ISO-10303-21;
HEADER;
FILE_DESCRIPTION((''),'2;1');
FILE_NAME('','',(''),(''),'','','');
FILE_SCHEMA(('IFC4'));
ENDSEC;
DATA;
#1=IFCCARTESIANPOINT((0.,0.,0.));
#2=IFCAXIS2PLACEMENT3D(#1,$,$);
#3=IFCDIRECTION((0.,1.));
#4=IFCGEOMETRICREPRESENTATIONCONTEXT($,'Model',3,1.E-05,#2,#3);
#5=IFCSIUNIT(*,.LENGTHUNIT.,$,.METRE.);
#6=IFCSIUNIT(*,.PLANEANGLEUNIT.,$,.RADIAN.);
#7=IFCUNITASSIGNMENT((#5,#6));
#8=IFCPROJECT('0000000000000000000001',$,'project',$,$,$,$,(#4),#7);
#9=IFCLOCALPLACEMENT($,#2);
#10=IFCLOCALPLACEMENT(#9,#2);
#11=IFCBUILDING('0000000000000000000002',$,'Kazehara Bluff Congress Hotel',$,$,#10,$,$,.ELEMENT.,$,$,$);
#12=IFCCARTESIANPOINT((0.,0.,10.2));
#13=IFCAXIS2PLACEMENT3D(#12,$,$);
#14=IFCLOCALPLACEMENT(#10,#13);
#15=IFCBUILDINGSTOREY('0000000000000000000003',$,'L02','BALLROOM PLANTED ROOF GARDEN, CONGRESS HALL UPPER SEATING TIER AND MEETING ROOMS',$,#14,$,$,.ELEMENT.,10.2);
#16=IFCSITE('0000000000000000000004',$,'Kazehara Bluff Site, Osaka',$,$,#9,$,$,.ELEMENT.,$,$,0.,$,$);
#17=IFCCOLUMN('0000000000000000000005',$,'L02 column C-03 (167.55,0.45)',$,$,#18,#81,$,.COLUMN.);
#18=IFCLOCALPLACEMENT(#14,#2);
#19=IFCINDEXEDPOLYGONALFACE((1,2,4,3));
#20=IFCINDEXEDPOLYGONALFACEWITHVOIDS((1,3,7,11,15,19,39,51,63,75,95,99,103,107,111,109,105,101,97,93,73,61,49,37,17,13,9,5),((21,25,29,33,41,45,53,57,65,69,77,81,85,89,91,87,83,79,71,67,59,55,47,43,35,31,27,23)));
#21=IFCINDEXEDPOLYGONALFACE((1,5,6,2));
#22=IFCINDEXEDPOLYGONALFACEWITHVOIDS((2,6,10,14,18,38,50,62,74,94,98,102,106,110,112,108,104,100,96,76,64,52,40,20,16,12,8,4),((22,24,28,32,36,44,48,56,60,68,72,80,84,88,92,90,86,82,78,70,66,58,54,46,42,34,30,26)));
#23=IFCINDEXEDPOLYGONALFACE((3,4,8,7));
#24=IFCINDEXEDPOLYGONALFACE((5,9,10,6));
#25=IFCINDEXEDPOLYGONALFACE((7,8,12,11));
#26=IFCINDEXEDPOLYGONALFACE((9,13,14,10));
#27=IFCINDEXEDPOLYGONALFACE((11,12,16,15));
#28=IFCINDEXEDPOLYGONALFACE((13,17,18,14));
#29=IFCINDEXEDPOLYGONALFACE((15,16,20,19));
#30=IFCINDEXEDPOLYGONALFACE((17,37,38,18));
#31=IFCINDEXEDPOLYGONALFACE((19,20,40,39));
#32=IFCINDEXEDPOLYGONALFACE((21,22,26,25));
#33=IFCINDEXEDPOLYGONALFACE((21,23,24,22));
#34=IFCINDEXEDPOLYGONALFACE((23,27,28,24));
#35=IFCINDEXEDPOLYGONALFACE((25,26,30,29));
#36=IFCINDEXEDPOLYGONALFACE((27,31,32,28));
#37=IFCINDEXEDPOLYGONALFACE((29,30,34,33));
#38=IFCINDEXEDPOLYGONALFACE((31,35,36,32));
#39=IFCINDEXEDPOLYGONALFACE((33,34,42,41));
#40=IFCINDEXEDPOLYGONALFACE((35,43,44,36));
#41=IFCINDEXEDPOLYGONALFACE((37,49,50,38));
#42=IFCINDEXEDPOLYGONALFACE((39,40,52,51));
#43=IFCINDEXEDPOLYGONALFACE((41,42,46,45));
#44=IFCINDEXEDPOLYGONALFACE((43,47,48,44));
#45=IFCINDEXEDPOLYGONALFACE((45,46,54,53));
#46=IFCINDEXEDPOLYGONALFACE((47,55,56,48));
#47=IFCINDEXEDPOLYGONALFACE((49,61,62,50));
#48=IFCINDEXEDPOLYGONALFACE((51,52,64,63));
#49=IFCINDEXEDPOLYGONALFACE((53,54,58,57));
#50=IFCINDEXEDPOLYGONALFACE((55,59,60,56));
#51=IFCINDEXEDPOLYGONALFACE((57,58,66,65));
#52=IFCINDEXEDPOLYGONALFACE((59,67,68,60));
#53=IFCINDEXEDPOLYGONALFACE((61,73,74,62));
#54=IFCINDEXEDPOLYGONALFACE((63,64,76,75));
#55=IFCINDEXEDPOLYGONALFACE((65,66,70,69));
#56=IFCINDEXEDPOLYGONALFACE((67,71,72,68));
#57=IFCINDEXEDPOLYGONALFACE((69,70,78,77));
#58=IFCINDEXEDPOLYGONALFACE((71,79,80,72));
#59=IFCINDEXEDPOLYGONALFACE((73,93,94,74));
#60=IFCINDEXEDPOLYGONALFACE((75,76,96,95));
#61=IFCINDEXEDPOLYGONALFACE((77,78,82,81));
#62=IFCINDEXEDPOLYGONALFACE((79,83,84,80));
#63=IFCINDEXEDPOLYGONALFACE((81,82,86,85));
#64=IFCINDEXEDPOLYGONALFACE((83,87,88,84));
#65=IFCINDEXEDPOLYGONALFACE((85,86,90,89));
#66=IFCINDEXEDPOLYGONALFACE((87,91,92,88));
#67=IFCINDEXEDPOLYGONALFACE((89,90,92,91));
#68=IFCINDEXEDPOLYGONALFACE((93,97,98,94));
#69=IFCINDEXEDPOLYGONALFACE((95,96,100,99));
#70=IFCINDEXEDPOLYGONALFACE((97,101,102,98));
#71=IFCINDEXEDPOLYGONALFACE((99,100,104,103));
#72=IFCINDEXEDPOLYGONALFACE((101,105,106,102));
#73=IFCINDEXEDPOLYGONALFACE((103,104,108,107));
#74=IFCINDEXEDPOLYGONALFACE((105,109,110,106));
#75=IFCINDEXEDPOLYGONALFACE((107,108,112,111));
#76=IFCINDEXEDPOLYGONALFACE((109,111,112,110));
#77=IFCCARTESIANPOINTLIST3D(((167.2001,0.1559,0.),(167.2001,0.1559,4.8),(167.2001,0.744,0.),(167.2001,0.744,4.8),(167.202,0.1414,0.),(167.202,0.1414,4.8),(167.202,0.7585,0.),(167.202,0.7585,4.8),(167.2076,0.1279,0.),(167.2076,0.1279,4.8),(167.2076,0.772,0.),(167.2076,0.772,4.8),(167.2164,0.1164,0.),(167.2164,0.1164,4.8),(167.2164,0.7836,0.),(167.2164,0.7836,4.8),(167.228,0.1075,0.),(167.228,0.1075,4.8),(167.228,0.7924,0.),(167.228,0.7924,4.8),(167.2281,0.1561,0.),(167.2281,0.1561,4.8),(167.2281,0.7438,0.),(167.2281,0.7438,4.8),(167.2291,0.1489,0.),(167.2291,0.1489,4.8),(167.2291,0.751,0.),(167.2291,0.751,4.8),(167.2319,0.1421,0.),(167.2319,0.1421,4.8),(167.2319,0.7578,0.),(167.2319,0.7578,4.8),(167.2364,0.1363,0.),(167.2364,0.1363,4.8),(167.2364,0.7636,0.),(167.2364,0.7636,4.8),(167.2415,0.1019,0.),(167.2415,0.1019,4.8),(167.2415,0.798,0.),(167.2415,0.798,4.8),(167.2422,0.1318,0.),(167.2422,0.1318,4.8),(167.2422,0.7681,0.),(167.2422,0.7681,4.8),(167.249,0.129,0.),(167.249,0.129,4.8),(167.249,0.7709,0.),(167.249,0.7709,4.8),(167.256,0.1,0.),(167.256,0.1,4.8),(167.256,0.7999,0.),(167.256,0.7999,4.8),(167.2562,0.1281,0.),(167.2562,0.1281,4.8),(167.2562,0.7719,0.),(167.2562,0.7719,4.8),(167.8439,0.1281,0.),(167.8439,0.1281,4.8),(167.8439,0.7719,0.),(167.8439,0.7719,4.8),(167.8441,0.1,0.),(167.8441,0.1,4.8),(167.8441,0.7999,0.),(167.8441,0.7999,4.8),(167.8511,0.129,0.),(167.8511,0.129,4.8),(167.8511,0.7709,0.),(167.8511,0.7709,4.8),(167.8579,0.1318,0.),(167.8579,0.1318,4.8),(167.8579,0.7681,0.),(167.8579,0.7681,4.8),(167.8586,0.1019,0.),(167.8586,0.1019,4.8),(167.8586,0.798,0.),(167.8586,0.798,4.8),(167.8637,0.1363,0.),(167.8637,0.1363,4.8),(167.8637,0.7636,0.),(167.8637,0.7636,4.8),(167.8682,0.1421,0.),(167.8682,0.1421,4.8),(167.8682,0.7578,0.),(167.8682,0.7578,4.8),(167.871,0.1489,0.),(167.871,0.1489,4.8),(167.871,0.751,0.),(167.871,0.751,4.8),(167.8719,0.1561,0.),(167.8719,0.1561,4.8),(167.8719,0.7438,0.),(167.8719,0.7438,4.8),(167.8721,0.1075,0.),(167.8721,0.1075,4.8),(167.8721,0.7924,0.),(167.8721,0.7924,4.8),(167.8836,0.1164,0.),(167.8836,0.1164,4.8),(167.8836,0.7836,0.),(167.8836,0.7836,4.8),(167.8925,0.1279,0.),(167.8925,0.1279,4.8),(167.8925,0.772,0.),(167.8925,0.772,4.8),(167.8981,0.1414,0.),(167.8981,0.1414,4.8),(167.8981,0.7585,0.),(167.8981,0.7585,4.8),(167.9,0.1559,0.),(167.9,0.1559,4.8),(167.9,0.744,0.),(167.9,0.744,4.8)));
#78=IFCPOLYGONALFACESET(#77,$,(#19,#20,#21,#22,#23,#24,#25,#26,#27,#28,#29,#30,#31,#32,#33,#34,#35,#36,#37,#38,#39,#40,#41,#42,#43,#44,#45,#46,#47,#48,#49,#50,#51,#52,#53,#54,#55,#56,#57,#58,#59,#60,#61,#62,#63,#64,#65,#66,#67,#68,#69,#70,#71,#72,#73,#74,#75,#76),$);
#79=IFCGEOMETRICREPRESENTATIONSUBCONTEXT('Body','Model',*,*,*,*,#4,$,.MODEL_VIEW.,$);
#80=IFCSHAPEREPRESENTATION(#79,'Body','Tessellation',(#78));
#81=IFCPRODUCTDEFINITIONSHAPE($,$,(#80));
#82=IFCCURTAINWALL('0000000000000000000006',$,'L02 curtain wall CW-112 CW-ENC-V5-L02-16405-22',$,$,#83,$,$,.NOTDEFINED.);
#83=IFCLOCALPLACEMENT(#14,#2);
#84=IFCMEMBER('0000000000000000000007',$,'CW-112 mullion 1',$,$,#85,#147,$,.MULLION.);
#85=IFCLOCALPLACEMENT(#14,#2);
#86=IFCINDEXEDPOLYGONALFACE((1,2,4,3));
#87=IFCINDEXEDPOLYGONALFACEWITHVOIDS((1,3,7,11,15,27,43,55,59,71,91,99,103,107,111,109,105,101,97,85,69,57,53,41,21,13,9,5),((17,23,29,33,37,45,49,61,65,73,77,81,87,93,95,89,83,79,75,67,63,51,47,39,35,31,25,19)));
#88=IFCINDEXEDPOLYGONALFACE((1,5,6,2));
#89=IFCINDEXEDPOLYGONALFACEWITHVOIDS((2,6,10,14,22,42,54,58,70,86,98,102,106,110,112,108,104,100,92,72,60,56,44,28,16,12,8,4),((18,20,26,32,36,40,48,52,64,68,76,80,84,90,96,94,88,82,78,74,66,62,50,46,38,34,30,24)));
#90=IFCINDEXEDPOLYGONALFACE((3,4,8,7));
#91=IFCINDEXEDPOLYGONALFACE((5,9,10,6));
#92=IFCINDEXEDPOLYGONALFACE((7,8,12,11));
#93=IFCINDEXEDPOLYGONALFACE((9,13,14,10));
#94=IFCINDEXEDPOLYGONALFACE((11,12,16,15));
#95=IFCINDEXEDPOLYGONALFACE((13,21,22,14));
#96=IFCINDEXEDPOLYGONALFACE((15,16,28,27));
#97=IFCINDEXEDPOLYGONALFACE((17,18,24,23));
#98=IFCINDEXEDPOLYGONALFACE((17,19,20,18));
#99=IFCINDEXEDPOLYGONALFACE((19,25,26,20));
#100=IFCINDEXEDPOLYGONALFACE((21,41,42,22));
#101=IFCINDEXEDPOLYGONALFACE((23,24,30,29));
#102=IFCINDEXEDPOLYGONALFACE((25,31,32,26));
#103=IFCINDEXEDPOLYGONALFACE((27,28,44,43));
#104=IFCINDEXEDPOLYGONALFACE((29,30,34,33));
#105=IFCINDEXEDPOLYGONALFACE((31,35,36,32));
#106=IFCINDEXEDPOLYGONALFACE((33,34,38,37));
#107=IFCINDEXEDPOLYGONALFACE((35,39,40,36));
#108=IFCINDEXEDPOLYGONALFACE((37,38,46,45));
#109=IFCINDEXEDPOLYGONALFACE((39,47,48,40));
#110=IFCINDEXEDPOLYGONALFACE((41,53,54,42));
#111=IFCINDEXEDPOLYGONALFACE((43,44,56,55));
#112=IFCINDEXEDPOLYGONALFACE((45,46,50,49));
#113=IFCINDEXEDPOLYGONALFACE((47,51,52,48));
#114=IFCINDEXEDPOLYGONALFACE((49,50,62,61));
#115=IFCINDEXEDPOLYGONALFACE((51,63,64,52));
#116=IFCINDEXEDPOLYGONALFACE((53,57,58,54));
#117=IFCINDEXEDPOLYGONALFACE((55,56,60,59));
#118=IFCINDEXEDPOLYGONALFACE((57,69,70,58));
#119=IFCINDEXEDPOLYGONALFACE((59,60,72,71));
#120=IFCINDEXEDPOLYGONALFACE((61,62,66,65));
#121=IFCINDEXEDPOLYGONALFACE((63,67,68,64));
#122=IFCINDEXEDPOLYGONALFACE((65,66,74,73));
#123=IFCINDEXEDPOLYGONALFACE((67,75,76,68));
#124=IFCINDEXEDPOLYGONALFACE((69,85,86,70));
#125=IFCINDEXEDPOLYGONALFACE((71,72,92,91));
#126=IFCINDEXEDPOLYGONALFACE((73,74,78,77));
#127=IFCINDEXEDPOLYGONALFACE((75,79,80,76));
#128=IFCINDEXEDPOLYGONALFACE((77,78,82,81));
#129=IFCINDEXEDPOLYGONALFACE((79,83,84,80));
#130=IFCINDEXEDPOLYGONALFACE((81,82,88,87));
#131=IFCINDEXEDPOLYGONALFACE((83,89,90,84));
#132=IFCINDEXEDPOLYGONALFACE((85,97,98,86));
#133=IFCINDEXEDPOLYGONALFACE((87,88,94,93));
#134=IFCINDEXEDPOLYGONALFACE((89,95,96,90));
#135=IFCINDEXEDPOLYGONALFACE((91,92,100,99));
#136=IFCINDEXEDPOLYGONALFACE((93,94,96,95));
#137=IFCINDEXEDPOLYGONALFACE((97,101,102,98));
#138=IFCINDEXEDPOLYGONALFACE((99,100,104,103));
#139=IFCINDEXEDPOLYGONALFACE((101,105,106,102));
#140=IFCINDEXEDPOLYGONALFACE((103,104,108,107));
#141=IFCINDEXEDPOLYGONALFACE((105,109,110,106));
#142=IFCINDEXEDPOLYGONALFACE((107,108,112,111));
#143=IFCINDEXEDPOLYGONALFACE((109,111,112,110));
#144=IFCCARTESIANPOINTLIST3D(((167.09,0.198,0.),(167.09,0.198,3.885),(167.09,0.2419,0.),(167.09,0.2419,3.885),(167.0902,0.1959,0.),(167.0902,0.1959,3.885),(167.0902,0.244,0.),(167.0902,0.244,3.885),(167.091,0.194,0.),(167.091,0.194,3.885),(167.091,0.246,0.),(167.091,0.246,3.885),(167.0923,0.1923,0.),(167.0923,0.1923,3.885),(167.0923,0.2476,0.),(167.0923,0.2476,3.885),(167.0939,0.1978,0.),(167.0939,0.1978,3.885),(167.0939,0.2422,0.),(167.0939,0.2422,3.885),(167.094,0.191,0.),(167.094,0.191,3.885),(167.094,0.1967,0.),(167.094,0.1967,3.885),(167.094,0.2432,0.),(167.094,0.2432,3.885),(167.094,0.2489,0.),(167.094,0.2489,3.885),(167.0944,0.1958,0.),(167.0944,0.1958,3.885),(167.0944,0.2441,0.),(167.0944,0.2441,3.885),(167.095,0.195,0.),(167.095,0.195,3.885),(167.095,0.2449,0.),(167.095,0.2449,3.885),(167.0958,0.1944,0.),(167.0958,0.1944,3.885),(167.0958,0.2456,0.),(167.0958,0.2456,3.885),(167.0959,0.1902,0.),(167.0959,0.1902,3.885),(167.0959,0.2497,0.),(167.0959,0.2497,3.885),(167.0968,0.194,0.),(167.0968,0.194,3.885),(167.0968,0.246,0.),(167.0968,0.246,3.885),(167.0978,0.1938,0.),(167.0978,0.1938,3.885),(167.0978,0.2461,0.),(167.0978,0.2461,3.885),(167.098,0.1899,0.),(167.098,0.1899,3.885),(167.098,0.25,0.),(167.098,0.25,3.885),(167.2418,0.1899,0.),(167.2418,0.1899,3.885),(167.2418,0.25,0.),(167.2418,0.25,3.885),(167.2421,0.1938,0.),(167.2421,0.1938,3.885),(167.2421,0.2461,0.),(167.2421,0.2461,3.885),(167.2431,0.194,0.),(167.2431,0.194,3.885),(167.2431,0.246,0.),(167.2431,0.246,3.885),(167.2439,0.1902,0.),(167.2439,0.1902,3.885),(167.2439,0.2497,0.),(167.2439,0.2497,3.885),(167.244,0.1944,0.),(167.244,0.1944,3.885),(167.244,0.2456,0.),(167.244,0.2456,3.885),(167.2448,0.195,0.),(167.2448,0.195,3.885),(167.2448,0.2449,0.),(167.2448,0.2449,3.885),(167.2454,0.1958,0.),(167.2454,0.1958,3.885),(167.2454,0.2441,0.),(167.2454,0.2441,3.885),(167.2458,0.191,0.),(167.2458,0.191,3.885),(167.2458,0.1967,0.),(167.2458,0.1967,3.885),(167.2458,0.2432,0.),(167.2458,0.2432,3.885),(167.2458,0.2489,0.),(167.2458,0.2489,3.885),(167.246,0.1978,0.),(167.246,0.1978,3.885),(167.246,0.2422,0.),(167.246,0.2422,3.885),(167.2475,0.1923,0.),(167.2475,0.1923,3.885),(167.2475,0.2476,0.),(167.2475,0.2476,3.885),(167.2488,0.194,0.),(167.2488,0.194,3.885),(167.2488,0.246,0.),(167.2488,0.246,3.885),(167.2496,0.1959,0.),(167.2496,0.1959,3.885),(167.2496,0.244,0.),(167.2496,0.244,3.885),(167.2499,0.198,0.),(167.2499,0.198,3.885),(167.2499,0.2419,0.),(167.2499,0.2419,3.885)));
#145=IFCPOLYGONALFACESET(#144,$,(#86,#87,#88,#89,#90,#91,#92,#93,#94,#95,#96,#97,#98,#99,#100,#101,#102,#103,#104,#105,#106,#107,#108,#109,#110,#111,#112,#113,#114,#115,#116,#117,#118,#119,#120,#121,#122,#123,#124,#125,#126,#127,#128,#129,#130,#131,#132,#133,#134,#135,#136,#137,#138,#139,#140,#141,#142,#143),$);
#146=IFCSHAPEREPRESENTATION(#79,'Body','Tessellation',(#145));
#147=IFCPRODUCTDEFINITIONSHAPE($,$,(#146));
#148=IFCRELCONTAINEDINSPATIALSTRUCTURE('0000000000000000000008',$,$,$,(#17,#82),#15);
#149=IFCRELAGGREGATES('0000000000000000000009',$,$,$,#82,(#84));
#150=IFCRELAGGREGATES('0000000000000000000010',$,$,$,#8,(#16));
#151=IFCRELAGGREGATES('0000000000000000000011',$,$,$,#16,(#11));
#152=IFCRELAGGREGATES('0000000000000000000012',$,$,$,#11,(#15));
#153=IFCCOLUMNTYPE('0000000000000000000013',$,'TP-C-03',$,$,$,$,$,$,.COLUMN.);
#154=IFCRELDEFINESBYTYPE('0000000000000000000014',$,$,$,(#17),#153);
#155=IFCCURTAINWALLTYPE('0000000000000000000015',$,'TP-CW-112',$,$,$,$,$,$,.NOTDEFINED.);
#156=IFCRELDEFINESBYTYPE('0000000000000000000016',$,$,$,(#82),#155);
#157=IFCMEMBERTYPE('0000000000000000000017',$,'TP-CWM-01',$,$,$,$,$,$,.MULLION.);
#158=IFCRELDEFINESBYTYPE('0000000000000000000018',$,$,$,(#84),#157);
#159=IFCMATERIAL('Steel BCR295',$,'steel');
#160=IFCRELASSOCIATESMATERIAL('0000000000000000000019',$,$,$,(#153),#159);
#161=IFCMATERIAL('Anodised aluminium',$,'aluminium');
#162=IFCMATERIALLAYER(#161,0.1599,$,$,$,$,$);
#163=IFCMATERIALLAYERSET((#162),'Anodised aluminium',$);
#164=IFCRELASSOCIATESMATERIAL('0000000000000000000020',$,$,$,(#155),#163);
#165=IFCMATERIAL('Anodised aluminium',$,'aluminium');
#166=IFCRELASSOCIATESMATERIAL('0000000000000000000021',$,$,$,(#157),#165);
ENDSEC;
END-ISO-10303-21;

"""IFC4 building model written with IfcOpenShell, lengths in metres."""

from ifc_helpers import new_model, si_unit, direction, frame, origin, origin_2d, place, context, subcontext, project, spatial, hollow_rectangle, extrude, material, layer, layer_set, material_profile, profile_set, type_object, element, aggregate, save


model = new_model("IFC4")

# Units and contexts
model_context = context("Model", 3, precision=1e-05, world=origin(), true_north=direction((0.0, 1.0)))
body_context = subcontext(model_context, "Body", "Model", "MODEL_VIEW")
ifc_project = project(units=[si_unit("LENGTHUNIT", "METRE"), si_unit("PLANEANGLEUNIT", "RADIAN")], contexts=[model_context])

# Site, building, storey
site_placement = place(None, origin())
site = spatial("IfcSite", under=ifc_project, at=site_placement, Name="Kazehara Bluff Site, Osaka", CompositionType="ELEMENT", RefElevation=0.0)
building_placement = place(site_placement, origin())
building = spatial("IfcBuilding", under=site, at=building_placement, Name="Kazehara Bluff Congress Hotel", CompositionType="ELEMENT")
storey_placement = place(building_placement, frame((0.0, 0.0, 10.2)))
storey = spatial("IfcBuildingStorey", under=building, at=storey_placement, Name="L02", Description="BALLROOM PLANTED ROOF GARDEN, CONGRESS HALL UPPER SEATING TIER AND MEETING ROOMS", CompositionType="ELEMENT", Elevation=10.2)

# Column
ifc_material_1 = material(Name="Steel BCR295", Category="steel")
ifc_material_profile_1 = material_profile(ifc_material_1, hollow_rectangle(XDim=0.7, YDim=0.7, WallThickness=0.0281, InnerFilletRadius=0.0281, OuterFilletRadius=0.0559, at=origin_2d()))
ifc_profile_set_1 = profile_set([ifc_material_profile_1], Name="Steel BCR295")
column_type = type_object("IfcColumnType", Name="TP-C-03", PredefinedType="COLUMN", material=ifc_profile_set_1)
column_placement = place(storey_placement, frame((167.55, 0.45, 0.0), z_axis=(0.0, 0.0, 1.0), x_axis=(1.0, 0.0, 0.0)))
element("IfcColumn", 1, at=column_placement, inside=storey, type_object=column_type, Name="L02 column C-03 (167.55,0.45)", PredefinedType="COLUMN", context=body_context, shape_type="SweptSolid", body=[
    extrude(hollow_rectangle(XDim=0.7, YDim=0.7, WallThickness=0.0281, InnerFilletRadius=0.0281, OuterFilletRadius=0.0559, at=origin_2d()), origin(), (0.0, 0.0, 1.0), 4.8),
])

# Curtain wall, member
ifc_material_2 = material(Name="Anodised aluminium", Category="aluminium")
ifc_layer_1 = layer(ifc_material_2, 0.1599)
ifc_layer_set_1 = layer_set([ifc_layer_1], Name="Anodised aluminium")
curtain_wall_type_1 = type_object("IfcCurtainWallType", Name="TP-CW-112", PredefinedType="NOTDEFINED", material=ifc_layer_set_1)
curtain_wall_1_placement = place(storey_placement, origin())
curtain_wall_1 = element("IfcCurtainWall", 2, at=curtain_wall_1_placement, inside=storey, type_object=curtain_wall_type_1, Name="L02 curtain wall CW-112 CW-ENC-V5-L02-16405-22", PredefinedType="NOTDEFINED")
ifc_material_3 = material(Name="Anodised aluminium", Category="aluminium")
ifc_material_profile_2 = material_profile(ifc_material_3, hollow_rectangle(XDim=0.0601, YDim=0.1599, WallThickness=0.0039, InnerFilletRadius=0.0039, OuterFilletRadius=0.0081, at=origin_2d()))
ifc_profile_set_2 = profile_set([ifc_material_profile_2], Name="Anodised aluminium")
member_type_1 = type_object("IfcMemberType", Name="TP-CWM-01", PredefinedType="MULLION", material=ifc_profile_set_2)
member_1_placement = place(storey_placement, frame((167.1699, 0.22, 0.0), z_axis=(0.0, 0.0, 1.0), x_axis=(0.0, -1.0, 0.0)))
member_1 = element("IfcMember", 3, at=member_1_placement, type_object=member_type_1, Name="CW-112 mullion 1", PredefinedType="MULLION", context=body_context, shape_type="SweptSolid", body=[
    extrude(hollow_rectangle(XDim=0.0601, YDim=0.1599, WallThickness=0.0039, InnerFilletRadius=0.0039, OuterFilletRadius=0.0081, at=origin_2d()), origin(), (0.0, 0.0, 1.0), 3.885),
])

aggregate(curtain_wall_1, [member_1])

save(model, "model.ifc")
